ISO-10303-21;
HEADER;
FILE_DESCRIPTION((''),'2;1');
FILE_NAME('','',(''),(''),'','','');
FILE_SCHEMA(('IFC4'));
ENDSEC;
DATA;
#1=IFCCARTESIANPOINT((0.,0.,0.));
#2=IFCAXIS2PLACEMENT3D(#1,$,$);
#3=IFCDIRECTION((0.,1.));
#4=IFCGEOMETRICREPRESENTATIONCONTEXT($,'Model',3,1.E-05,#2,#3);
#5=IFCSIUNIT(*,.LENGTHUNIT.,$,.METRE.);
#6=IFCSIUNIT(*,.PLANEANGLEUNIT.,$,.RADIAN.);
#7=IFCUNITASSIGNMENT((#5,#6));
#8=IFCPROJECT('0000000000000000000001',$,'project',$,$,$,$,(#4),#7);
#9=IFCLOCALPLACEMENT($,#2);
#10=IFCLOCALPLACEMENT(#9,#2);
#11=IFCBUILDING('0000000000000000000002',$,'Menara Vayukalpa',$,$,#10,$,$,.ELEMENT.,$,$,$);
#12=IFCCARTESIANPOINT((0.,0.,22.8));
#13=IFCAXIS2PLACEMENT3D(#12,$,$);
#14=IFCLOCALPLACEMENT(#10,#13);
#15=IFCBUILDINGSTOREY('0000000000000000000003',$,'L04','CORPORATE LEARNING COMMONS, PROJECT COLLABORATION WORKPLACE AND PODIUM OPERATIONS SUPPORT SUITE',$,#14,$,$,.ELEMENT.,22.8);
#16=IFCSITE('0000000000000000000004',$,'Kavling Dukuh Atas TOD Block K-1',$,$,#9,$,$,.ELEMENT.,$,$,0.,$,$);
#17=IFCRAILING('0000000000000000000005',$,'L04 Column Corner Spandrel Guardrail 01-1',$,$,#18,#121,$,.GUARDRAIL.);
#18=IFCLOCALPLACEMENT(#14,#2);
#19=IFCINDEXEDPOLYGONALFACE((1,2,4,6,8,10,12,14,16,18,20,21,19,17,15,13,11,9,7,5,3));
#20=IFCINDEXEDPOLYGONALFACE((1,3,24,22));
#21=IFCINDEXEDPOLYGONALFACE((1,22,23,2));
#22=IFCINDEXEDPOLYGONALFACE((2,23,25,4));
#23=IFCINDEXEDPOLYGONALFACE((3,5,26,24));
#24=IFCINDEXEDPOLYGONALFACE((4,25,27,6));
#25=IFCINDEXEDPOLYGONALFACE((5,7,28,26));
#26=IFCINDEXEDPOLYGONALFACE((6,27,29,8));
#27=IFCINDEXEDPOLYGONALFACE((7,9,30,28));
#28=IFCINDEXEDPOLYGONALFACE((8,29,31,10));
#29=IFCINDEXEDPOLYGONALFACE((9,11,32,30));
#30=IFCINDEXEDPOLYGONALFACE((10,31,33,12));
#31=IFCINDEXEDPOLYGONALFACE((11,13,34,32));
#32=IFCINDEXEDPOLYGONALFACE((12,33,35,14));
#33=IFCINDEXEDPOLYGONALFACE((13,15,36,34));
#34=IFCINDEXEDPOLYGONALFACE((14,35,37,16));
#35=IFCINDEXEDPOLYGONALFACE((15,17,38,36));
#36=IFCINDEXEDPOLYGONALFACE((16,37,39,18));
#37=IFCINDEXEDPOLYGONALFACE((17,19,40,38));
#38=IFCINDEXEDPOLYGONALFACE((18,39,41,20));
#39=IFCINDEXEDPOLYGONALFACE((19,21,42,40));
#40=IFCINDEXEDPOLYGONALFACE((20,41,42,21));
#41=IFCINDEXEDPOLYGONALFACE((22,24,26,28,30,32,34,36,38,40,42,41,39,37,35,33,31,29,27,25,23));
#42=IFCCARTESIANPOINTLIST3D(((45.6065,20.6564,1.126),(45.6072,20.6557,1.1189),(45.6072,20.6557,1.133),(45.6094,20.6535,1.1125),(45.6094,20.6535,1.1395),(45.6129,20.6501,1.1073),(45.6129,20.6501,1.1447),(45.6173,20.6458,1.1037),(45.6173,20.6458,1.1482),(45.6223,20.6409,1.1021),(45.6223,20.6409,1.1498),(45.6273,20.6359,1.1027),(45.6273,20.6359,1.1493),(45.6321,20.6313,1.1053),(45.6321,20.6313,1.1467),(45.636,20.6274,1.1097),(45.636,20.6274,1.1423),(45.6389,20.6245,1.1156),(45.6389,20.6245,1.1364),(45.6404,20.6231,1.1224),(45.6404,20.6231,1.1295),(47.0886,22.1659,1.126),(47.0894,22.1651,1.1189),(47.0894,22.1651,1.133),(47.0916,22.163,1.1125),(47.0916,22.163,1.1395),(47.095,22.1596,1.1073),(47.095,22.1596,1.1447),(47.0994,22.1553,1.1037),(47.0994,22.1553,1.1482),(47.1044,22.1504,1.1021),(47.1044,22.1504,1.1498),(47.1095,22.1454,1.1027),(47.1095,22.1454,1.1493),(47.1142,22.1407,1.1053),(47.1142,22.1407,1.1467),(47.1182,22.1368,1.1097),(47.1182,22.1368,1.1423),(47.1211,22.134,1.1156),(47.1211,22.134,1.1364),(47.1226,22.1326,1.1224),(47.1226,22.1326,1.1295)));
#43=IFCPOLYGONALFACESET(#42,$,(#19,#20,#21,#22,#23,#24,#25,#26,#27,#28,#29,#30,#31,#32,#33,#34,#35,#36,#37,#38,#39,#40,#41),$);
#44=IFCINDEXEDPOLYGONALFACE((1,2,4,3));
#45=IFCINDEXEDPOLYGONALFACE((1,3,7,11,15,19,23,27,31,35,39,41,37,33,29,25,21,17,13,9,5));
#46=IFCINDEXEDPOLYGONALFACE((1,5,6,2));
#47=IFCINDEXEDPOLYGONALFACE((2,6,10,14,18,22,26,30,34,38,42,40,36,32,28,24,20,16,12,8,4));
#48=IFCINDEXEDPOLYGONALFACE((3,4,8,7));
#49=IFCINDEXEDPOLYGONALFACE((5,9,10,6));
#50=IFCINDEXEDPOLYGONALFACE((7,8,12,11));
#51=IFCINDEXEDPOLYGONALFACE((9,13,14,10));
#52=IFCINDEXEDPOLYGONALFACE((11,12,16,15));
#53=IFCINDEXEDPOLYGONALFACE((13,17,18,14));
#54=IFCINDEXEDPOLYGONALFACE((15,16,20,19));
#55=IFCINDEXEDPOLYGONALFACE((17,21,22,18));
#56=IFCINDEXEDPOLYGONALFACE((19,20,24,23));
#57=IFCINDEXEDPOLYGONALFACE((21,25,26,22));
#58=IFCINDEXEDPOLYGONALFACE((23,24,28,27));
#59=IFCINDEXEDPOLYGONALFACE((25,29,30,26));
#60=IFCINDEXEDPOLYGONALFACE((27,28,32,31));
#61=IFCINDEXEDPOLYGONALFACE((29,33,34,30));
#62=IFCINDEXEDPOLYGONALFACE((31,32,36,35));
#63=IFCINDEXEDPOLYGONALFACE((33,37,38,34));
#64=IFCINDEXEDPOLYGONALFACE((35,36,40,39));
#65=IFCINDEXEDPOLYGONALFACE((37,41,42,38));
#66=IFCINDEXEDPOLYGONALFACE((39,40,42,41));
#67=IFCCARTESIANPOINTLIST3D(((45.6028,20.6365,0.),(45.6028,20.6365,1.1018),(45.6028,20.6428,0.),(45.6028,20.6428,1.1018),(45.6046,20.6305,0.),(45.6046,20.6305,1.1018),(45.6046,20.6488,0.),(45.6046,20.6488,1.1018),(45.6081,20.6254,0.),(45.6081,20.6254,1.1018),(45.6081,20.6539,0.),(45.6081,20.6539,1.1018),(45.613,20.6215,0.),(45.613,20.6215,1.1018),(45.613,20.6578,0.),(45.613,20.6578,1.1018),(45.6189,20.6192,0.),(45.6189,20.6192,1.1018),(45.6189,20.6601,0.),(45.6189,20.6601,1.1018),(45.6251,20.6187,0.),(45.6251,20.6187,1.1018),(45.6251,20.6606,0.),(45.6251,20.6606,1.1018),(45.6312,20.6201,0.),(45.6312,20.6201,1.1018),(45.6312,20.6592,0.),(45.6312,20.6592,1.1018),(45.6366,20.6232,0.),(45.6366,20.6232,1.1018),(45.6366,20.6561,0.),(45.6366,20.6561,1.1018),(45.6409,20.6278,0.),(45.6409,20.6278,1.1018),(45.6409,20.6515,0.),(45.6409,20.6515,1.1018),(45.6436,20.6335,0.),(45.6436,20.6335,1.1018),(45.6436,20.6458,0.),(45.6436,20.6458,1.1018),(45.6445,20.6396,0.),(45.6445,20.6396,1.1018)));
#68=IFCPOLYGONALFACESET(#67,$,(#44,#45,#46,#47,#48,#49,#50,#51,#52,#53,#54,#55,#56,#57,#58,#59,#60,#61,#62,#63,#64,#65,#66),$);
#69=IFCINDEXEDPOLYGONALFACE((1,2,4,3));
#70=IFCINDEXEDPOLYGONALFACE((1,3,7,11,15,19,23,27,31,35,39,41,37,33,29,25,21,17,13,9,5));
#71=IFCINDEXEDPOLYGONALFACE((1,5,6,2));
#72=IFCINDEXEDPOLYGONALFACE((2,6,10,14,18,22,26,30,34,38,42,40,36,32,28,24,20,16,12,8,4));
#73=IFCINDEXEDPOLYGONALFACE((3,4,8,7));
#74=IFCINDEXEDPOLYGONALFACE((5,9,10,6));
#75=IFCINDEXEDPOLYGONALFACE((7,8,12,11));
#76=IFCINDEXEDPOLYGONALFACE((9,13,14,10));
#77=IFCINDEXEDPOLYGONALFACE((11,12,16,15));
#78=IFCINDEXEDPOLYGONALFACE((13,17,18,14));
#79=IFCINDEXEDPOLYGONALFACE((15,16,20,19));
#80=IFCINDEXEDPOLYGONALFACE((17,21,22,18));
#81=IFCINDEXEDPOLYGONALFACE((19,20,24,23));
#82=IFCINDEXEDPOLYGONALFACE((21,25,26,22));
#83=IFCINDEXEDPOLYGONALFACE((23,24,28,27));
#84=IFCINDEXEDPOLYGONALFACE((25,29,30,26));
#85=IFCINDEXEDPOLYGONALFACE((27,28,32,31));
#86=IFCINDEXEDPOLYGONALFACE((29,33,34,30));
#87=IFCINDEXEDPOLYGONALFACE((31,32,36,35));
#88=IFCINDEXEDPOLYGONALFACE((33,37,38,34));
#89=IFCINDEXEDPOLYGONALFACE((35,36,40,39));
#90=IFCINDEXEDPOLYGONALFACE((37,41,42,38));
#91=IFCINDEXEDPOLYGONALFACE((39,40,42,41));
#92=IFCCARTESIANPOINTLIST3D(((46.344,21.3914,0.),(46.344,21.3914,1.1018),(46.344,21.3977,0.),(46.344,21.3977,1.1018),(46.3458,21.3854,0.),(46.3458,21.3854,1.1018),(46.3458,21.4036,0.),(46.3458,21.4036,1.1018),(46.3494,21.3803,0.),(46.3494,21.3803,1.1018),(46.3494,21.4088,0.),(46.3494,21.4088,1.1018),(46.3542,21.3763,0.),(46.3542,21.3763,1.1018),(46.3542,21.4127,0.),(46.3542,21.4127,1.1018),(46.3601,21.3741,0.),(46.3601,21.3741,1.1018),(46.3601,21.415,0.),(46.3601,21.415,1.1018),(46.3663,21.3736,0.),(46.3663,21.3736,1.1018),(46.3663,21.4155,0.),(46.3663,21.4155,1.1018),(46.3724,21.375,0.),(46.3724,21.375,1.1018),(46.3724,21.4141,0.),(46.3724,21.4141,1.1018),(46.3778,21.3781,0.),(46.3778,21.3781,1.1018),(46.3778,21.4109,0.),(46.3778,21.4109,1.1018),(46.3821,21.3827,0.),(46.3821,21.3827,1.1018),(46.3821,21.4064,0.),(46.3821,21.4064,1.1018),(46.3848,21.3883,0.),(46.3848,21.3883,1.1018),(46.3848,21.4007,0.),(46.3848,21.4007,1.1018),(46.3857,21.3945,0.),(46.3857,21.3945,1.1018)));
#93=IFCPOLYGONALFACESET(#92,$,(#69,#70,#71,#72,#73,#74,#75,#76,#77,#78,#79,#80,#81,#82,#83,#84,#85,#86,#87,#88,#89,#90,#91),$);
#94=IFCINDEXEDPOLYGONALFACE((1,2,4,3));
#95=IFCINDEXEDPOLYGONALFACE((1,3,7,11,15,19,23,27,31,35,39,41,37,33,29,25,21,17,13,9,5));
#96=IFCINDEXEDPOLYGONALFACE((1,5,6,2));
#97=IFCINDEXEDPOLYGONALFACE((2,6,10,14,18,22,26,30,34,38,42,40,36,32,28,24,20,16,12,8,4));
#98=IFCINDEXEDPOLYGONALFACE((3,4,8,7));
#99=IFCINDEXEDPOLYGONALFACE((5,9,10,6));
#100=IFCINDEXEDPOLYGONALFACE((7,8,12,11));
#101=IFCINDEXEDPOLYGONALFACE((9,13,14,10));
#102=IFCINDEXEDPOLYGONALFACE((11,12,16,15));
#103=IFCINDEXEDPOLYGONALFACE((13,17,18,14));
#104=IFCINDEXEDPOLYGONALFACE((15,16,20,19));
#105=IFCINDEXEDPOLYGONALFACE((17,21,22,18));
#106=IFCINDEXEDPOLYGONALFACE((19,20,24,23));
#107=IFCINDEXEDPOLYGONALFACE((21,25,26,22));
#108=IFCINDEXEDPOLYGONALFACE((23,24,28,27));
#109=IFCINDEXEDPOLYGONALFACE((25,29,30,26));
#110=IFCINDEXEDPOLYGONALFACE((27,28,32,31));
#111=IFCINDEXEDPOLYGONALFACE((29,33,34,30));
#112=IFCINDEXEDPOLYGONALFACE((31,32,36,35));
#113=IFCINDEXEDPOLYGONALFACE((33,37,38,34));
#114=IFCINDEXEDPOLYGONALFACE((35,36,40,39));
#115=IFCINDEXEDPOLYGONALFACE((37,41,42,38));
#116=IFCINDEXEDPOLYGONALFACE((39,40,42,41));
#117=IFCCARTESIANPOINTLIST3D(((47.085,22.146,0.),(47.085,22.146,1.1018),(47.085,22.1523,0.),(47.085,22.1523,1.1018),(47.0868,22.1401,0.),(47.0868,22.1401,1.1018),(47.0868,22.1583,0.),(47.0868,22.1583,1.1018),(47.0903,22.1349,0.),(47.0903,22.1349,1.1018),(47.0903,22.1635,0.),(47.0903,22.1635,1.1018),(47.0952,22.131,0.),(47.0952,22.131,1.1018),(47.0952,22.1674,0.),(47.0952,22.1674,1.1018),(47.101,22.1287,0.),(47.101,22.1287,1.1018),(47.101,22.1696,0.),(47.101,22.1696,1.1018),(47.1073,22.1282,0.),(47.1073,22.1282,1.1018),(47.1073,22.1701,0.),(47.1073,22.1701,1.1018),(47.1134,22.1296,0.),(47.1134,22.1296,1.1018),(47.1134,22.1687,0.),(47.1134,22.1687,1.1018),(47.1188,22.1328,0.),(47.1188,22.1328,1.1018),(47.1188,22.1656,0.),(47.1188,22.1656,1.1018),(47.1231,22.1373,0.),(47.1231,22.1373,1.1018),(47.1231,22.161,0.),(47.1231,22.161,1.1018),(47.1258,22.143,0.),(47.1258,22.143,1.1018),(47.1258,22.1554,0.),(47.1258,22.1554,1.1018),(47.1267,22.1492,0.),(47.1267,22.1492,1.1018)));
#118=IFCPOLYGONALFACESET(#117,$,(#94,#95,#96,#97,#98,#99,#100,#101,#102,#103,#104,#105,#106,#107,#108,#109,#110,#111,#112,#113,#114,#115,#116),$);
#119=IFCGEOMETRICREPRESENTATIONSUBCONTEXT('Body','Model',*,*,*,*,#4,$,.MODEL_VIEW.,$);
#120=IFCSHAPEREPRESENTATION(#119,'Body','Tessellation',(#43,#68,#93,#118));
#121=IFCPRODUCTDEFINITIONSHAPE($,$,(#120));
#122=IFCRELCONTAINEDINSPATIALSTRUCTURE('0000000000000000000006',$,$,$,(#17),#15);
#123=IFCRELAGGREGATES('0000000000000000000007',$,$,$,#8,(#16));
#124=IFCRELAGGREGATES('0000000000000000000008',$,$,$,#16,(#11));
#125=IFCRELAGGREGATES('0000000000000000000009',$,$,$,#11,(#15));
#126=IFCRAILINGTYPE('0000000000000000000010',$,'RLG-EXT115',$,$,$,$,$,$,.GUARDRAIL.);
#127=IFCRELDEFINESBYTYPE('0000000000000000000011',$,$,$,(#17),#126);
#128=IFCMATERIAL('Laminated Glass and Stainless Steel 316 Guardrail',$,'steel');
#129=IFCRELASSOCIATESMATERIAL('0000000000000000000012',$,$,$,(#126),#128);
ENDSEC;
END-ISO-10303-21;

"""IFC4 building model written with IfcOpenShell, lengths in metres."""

from ifc_helpers import new_model, si_unit, direction, frame, origin, origin_2d, place, context, subcontext, project, spatial, circle, extrude, material, type_object, element, save


model = new_model("IFC4")

# Units and contexts
model_context = context("Model", 3, precision=1e-05, world=origin(), true_north=direction((0.0, 1.0)))
body_context = subcontext(model_context, "Body", "Model", "MODEL_VIEW")
ifc_project = project(units=[si_unit("LENGTHUNIT", "METRE"), si_unit("PLANEANGLEUNIT", "RADIAN")], contexts=[model_context])

# Site, building, storey
site_placement = place(None, origin())
site = spatial("IfcSite", under=ifc_project, at=site_placement, Name="Kavling Dukuh Atas TOD Block K-1", CompositionType="ELEMENT", RefElevation=0.0)
building_placement = place(site_placement, origin())
building = spatial("IfcBuilding", under=site, at=building_placement, Name="Menara Vayukalpa", CompositionType="ELEMENT")
storey_placement = place(building_placement, frame((0.0, 0.0, 22.8)))
storey = spatial("IfcBuildingStorey", under=building, at=storey_placement, Name="L04", Description="CORPORATE LEARNING COMMONS, PROJECT COLLABORATION WORKPLACE AND PODIUM OPERATIONS SUPPORT SUITE", CompositionType="ELEMENT", Elevation=22.8)

# Railing
ifc_material_1 = material(Name="Laminated Glass and Stainless Steel 316 Guardrail", Category="steel")
railing_type_1 = type_object("IfcRailingType", Name="RLG-EXT115", PredefinedType="GUARDRAIL", material=ifc_material_1)
railing_1_placement = place(storey_placement, frame((45.6235, 20.6396, 0.0)))
element("IfcRailing", 1, at=railing_1_placement, inside=storey, type_object=railing_type_1, Name="L04 Column Corner Spandrel Guardrail 01-1", PredefinedType="GUARDRAIL", context=body_context, shape_type="SweptSolid", body=[
    extrude(circle(Radius=0.0239, at=origin_2d()), frame((0.0, 0.0, 1.126), z_axis=(0.700615, 0.71354, 0.0), x_axis=(-0.71354, 0.700615, 0.0)), (0.0, 0.0, 1.0), 2.1155),
    extrude(circle(Radius=0.021, at=origin_2d()), origin(), (0.0, 0.0, 1.0), 1.1018),
    extrude(circle(Radius=0.021, at=origin_2d()), frame((0.7412, 0.7549, 0.0)), (0.0, 0.0, 1.0), 1.1018),
    extrude(circle(Radius=0.021, at=origin_2d()), frame((1.4822, 1.5095, 0.0)), (0.0, 0.0, 1.0), 1.1018),
])

save(model, "model.ifc")
